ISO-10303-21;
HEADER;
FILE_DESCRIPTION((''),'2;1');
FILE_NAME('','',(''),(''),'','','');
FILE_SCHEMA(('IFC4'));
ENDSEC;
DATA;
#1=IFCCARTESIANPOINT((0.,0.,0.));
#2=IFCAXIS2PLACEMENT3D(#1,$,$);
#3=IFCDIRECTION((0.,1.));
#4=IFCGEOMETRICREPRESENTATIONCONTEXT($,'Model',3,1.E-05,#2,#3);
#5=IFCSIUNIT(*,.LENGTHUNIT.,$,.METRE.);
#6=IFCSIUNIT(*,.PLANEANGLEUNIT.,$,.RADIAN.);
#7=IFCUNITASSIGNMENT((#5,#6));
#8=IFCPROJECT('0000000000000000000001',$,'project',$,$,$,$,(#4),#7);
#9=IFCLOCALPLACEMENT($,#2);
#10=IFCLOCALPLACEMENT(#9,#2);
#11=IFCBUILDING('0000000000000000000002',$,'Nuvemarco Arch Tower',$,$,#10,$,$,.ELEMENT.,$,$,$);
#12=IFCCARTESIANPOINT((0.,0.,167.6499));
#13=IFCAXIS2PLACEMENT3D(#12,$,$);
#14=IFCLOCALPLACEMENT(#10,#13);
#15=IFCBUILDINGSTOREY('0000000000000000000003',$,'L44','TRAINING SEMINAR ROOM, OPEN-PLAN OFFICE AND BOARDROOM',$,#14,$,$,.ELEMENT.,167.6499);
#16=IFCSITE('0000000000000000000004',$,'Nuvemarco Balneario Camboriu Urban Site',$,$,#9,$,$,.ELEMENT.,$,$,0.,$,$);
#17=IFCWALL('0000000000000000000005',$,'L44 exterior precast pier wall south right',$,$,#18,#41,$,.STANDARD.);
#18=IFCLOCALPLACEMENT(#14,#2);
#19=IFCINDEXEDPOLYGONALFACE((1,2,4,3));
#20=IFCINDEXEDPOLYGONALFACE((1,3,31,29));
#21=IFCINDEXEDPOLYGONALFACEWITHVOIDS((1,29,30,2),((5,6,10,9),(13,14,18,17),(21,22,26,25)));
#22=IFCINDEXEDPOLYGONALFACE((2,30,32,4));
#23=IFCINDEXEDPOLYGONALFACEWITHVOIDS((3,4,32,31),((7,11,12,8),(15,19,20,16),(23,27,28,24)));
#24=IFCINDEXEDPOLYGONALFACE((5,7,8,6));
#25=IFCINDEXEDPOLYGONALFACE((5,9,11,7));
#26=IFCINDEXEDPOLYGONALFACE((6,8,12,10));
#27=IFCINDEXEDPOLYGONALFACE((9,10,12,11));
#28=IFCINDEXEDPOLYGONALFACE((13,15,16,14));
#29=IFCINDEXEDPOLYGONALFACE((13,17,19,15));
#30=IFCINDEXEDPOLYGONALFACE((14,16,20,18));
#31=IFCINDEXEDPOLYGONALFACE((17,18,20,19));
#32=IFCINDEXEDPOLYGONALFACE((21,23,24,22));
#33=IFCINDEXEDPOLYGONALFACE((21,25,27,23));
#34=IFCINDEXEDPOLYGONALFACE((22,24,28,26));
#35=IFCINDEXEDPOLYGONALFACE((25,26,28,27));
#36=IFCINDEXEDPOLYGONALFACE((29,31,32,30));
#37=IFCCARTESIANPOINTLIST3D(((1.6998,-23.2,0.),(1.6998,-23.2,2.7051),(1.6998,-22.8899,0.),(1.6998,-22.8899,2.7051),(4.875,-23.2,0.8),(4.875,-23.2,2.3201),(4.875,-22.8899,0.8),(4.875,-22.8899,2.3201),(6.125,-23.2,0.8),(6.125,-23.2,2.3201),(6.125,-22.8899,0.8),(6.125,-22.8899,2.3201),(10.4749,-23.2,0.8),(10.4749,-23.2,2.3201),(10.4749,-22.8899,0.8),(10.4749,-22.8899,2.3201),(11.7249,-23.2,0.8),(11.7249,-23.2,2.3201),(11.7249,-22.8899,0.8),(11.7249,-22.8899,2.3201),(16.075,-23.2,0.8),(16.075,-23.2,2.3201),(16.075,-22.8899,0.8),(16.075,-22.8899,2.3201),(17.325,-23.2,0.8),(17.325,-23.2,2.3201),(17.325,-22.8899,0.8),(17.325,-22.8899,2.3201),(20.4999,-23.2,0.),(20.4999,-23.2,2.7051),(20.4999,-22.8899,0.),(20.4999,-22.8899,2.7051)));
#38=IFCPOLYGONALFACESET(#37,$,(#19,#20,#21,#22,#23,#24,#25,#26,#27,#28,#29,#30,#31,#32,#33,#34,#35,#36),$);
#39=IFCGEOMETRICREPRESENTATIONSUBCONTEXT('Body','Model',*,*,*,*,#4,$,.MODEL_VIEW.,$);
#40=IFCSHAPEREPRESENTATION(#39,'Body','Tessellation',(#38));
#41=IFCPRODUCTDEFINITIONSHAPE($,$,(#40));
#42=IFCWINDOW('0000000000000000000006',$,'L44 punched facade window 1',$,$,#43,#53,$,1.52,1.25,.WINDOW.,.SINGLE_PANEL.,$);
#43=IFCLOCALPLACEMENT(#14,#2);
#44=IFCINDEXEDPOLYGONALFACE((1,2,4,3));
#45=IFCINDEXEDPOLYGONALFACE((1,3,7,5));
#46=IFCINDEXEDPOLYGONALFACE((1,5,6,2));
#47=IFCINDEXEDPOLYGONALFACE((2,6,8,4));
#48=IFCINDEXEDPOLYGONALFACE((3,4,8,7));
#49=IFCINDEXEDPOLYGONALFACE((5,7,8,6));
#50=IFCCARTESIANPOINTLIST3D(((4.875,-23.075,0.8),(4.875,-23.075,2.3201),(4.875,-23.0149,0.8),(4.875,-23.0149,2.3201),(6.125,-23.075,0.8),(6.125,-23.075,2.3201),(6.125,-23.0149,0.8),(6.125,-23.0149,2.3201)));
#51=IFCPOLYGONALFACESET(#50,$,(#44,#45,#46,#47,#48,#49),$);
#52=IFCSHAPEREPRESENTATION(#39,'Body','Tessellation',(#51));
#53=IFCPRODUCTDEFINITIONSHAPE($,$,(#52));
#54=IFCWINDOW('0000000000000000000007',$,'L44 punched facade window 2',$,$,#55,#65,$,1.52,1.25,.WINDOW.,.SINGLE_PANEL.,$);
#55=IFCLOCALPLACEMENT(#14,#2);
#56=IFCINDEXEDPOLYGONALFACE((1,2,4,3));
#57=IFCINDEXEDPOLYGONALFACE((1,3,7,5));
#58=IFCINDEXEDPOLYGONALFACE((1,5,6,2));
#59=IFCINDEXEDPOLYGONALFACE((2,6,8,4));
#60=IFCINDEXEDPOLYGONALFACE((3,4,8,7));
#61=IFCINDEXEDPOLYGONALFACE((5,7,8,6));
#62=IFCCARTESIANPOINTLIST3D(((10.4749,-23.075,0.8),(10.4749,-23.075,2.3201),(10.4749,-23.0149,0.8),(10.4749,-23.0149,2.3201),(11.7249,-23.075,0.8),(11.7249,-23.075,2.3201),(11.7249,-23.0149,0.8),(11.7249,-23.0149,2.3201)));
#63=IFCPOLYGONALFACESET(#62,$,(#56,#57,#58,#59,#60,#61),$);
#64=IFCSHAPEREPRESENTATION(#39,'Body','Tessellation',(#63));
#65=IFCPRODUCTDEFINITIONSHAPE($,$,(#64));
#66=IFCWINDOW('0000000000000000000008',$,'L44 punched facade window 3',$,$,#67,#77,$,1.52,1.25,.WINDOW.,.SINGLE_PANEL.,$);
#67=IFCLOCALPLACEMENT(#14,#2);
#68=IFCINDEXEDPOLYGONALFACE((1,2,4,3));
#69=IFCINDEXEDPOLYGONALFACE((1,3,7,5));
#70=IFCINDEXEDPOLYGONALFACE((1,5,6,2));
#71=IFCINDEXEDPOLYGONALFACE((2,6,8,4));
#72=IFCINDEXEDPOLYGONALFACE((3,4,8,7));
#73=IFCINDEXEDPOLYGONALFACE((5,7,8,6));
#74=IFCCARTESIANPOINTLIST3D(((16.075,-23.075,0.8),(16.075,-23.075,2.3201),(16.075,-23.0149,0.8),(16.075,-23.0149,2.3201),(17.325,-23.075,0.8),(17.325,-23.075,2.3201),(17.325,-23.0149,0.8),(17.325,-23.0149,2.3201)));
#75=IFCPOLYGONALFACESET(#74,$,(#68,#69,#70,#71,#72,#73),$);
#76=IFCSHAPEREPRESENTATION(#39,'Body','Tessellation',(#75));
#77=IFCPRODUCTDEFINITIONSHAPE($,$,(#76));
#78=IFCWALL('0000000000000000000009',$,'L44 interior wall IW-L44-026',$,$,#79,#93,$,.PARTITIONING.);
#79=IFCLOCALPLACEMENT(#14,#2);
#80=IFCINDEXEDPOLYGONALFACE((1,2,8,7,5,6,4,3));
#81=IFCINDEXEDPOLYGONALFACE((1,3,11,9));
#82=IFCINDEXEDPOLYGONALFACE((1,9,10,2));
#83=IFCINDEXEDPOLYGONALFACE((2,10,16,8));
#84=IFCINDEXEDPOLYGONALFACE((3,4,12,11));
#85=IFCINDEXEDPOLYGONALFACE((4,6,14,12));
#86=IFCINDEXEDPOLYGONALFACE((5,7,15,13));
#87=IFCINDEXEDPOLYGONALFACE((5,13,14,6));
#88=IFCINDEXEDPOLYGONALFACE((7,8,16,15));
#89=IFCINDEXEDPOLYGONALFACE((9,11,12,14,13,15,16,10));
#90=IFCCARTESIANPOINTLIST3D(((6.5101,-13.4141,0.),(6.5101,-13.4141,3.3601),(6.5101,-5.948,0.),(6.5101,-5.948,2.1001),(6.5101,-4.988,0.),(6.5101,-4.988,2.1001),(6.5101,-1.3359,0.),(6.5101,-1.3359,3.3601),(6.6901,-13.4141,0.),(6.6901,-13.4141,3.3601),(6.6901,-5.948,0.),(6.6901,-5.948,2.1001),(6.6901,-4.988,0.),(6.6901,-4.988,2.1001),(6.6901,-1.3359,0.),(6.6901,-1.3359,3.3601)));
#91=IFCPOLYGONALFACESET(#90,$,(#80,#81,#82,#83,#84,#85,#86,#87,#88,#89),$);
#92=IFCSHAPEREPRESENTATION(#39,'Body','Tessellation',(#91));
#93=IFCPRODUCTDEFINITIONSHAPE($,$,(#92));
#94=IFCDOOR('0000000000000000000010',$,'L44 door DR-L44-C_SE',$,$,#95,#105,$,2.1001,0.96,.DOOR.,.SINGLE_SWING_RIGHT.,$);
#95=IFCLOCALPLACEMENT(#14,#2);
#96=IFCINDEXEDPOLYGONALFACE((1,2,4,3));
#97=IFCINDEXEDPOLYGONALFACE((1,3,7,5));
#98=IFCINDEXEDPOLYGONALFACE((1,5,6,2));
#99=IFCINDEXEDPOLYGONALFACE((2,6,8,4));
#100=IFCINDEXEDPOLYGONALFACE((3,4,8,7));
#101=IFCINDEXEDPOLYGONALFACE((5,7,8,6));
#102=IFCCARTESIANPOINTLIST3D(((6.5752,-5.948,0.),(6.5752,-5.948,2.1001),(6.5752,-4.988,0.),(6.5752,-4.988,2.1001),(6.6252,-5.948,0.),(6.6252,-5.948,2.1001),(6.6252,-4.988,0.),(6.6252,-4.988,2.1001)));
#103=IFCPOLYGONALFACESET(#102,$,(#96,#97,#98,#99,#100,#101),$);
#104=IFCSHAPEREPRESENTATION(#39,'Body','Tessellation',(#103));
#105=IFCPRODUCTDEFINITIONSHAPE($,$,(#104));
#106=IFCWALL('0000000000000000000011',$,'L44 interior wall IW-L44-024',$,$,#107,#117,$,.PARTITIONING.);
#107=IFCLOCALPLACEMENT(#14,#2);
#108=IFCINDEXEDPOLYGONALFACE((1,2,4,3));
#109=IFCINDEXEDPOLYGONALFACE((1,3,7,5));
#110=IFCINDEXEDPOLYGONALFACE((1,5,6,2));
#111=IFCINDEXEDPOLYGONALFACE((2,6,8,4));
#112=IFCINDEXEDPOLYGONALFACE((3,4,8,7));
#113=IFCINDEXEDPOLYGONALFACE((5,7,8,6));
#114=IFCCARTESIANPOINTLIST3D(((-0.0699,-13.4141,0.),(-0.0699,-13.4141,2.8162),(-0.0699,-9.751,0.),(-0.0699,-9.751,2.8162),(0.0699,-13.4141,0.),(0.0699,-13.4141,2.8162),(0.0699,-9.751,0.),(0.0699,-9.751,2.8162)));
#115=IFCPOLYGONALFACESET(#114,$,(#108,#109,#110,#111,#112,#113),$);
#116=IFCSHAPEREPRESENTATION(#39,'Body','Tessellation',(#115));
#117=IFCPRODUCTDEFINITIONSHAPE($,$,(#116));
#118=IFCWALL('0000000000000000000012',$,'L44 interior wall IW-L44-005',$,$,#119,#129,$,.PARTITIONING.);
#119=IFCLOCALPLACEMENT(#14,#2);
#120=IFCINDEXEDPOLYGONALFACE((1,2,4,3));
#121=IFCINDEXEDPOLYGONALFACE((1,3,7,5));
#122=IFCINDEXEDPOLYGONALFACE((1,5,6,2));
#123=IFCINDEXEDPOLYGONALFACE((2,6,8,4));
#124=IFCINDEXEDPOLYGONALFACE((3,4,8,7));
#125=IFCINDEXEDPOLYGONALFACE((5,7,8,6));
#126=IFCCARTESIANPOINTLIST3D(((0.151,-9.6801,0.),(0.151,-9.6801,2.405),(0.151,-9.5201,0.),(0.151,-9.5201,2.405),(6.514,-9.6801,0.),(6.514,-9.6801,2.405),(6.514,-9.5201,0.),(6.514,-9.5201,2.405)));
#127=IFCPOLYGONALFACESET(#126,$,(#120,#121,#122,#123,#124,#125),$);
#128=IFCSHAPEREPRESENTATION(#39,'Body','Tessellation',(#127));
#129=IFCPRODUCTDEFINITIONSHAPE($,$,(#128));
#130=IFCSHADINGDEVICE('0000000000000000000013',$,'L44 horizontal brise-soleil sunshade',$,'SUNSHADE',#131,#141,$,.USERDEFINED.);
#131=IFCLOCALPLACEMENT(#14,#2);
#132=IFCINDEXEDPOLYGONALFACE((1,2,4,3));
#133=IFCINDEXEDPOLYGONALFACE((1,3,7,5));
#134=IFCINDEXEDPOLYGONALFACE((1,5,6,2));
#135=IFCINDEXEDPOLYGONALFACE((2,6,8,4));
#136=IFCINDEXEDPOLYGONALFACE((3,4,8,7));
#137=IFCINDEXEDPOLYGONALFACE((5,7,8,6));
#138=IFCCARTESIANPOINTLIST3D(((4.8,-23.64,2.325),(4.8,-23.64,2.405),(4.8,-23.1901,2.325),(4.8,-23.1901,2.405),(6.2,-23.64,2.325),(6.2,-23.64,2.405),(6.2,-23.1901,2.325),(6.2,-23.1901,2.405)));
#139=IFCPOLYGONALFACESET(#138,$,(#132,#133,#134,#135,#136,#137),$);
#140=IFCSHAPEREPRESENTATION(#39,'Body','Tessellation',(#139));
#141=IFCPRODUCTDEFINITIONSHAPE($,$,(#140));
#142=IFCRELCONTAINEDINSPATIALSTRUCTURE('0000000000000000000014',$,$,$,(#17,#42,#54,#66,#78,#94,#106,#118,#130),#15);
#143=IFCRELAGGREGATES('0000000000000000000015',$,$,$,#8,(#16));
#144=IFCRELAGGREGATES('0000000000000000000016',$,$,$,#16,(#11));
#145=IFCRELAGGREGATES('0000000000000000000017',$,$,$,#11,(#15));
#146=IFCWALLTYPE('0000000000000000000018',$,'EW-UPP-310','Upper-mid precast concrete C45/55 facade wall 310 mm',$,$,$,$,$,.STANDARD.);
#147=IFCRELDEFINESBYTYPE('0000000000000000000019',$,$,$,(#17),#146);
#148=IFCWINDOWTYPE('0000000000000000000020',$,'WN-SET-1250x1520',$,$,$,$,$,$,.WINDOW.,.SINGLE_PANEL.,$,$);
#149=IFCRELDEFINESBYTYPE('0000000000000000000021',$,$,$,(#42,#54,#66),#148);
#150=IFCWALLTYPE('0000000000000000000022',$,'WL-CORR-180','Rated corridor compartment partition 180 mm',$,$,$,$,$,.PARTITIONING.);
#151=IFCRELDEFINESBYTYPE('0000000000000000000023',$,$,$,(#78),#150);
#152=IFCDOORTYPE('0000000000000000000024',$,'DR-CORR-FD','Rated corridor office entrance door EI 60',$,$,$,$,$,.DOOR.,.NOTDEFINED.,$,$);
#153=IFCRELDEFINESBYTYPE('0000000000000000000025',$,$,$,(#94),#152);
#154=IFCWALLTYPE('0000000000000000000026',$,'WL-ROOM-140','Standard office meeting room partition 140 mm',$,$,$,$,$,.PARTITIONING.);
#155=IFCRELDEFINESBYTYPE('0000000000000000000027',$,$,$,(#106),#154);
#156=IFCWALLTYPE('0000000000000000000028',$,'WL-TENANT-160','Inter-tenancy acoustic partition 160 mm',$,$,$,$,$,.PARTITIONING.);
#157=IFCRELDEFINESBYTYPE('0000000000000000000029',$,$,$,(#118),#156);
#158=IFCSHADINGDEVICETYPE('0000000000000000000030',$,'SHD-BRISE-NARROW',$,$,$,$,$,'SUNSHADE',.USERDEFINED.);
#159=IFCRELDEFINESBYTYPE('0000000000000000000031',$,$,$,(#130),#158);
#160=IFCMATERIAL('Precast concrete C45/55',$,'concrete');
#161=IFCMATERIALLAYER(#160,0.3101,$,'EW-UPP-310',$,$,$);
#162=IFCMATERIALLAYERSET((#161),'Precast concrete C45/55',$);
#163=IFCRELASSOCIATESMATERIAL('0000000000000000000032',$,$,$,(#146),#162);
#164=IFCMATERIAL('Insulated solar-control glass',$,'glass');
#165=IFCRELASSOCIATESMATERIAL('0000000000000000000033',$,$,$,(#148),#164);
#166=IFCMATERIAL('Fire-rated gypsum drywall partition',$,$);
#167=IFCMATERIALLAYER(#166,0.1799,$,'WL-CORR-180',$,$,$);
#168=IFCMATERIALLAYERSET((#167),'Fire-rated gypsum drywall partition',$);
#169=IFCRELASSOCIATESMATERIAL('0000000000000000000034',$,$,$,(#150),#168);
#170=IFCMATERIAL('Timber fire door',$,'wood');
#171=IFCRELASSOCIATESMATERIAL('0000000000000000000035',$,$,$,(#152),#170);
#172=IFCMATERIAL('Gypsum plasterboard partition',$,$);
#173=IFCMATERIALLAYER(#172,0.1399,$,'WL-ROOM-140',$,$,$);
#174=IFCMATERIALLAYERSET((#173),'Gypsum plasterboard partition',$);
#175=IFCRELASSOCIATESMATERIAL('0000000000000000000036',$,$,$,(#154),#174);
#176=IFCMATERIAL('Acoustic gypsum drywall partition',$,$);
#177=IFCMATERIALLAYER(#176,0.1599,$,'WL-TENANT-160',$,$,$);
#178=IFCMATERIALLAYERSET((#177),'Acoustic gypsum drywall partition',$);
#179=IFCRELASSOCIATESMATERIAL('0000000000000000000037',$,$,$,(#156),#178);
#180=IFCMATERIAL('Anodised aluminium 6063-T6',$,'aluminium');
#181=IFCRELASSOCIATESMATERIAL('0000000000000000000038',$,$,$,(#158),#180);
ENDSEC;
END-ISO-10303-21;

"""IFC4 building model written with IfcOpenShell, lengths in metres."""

from ifc_helpers import new_model, si_unit, direction, frame, frame_2d, origin, origin_2d, place, context, subcontext, project, spatial, rectangle, extrude, source, transform, mapped, material, layer, layer_set, type_object, type_shapes, element, fill, save


model = new_model("IFC4")

# Units and contexts
model_context = context("Model", 3, precision=1e-05, world=origin(), true_north=direction((0.0, 1.0)))
body_context = subcontext(model_context, "Body", "Model", "MODEL_VIEW")
ifc_project = project(units=[si_unit("LENGTHUNIT", "METRE"), si_unit("PLANEANGLEUNIT", "RADIAN")], contexts=[model_context])

# Site, building, storey
site_placement = place(None, origin())
site = spatial("IfcSite", under=ifc_project, at=site_placement, Name="Nuvemarco Balneario Camboriu Urban Site", CompositionType="ELEMENT", RefElevation=0.0)
building_placement = place(site_placement, origin())
building = spatial("IfcBuilding", under=site, at=building_placement, Name="Nuvemarco Arch Tower", CompositionType="ELEMENT")
storey_placement = place(building_placement, frame((0.0, 0.0, 167.6499)))
storey = spatial("IfcBuildingStorey", under=building, at=storey_placement, Name="L44", Description="TRAINING SEMINAR ROOM, OPEN-PLAN OFFICE AND BOARDROOM", CompositionType="ELEMENT", Elevation=167.6499)

# Shared definitions
ifc_material_1 = material(Name="Precast concrete C45/55", Category="concrete")

# Wall, openings, windows
ifc_layer_1 = layer(ifc_material_1, 0.3101, Name="EW-UPP-310")
ifc_layer_set_1 = layer_set([ifc_layer_1], Name="Precast concrete C45/55")
wall_type_1 = type_object("IfcWallType", Name="EW-UPP-310", Description="Upper-mid precast concrete C45/55 facade wall 310 mm", PredefinedType="STANDARD", material=ifc_layer_set_1)
wall_1_placement = place(storey_placement, frame((1.7, -23.0449, 0.0), z_axis=(0.0, 0.0, 1.0), x_axis=(1.0, 0.0, 0.0)))
wall_1 = element("IfcWall", 1, at=wall_1_placement, inside=storey, type_object=wall_type_1, Name="L44 exterior precast pier wall south right", PredefinedType="STANDARD", context=body_context, shape_type="SweptSolid", body=[
    extrude(rectangle(XDim=18.8, YDim=0.3101, at=frame_2d((9.3999, 0.0))), origin(), (0.0, 0.0, 1.0), 2.7051),
])
opening_1_placement = place(wall_1_placement, frame((3.175, 0.0, 0.8)))
opening_1 = element("IfcOpeningElement", 2, at=opening_1_placement, cuts=wall_1, PredefinedType="OPENING", context=body_context, shape_type="SweptSolid", body=[
    extrude(rectangle(XDim=1.25, YDim=1.52, at=frame_2d((0.625, 0.76))), frame((0.0, 0.165, 0.0), z_axis=(0.0, -1.0, 0.0), x_axis=(1.0, 0.0, 0.0)), (0.0, 0.0, 1.0), 0.3301),
])
opening_2_placement = place(wall_1_placement, frame((8.7749, 0.0, 0.8)))
opening_2 = element("IfcOpeningElement", 3, at=opening_2_placement, cuts=wall_1, PredefinedType="OPENING", context=body_context, shape_type="SweptSolid", body=[
    extrude(rectangle(XDim=1.25, YDim=1.52, at=frame_2d((0.625, 0.76))), frame((0.0, 0.165, 0.0), z_axis=(0.0, -1.0, 0.0), x_axis=(1.0, 0.0, 0.0)), (0.0, 0.0, 1.0), 0.3301),
])
opening_3_placement = place(wall_1_placement, frame((14.375, 0.0, 0.8)))
opening_3 = element("IfcOpeningElement", 4, at=opening_3_placement, cuts=wall_1, PredefinedType="OPENING", context=body_context, shape_type="SweptSolid", body=[
    extrude(rectangle(XDim=1.25, YDim=1.52, at=frame_2d((0.625, 0.76))), frame((0.0, 0.165, 0.0), z_axis=(0.0, -1.0, 0.0), x_axis=(1.0, 0.0, 0.0)), (0.0, 0.0, 1.0), 0.3301),
])
ifc_material_2 = material(Name="Insulated solar-control glass", Category="glass")
window_type = type_object("IfcWindowType", Name="WN-SET-1250x1520", PartitioningType="SINGLE_PANEL", PredefinedType="WINDOW", material=ifc_material_2)
shared_shape_1 = source(origin(), body_context, "Body", "SweptSolid", [
    extrude(rectangle(XDim=1.25, YDim=1.52, at=frame_2d((0.625, 0.76))), frame((0.0, 0.03, 0.0), z_axis=(0.0, -1.0, 0.0), x_axis=(1.0, 0.0, 0.0)), (0.0, 0.0, 1.0), 0.0601),
])
type_shapes(window_type, [shared_shape_1])
window_1_placement = place(opening_1_placement, origin())
window_1 = element("IfcWindow", 5, at=window_1_placement, inside=storey, type_object=window_type, Name="L44 punched facade window 1", OverallHeight=1.52, OverallWidth=1.25, PartitioningType="SINGLE_PANEL", PredefinedType="WINDOW", context=body_context, shape_type="MappedRepresentation", body=[
    mapped(shared_shape_1, transform((0.0, 0.0, 0.0), scale=1.0)),
])
fill(opening_1, window_1)
window_2_placement = place(opening_2_placement, origin())
window_2 = element("IfcWindow", 6, at=window_2_placement, inside=storey, type_object=window_type, Name="L44 punched facade window 2", OverallHeight=1.52, OverallWidth=1.25, PartitioningType="SINGLE_PANEL", PredefinedType="WINDOW", context=body_context, shape_type="MappedRepresentation", body=[
    mapped(shared_shape_1, transform((0.0, 0.0, 0.0), scale=1.0)),
])
fill(opening_2, window_2)
window_3_placement = place(opening_3_placement, origin())
window_3 = element("IfcWindow", 7, at=window_3_placement, inside=storey, type_object=window_type, Name="L44 punched facade window 3", OverallHeight=1.52, OverallWidth=1.25, PartitioningType="SINGLE_PANEL", PredefinedType="WINDOW", context=body_context, shape_type="MappedRepresentation", body=[
    mapped(shared_shape_1, transform((0.0, 0.0, 0.0), scale=1.0)),
])
fill(opening_3, window_3)

# Wall, opening, door
ifc_material_3 = material(Name="Fire-rated gypsum drywall partition")
ifc_layer_2 = layer(ifc_material_3, 0.1799, Name="WL-CORR-180")
ifc_layer_set_2 = layer_set([ifc_layer_2], Name="Fire-rated gypsum drywall partition")
wall_type_2 = type_object("IfcWallType", Name="WL-CORR-180", Description="Rated corridor compartment partition 180 mm", PredefinedType="PARTITIONING", material=ifc_layer_set_2)
wall_2_placement = place(storey_placement, frame((6.6001, -13.4141, 0.0), z_axis=(0.0, 0.0, 1.0), x_axis=(0.0, 1.0, 0.0)))
wall_2 = element("IfcWall", 8, at=wall_2_placement, inside=storey, type_object=wall_type_2, Name="L44 interior wall IW-L44-026", PredefinedType="PARTITIONING", context=body_context, shape_type="SweptSolid", body=[
    extrude(rectangle(XDim=12.0781, YDim=0.1799, at=frame_2d((6.0391, 0.0))), origin(), (0.0, 0.0, 1.0), 3.3601),
])
opening_4_placement = place(wall_2_placement, frame((7.4661, 0.0, 0.0)))
opening_4 = element("IfcOpeningElement", 9, at=opening_4_placement, cuts=wall_2, PredefinedType="OPENING", context=body_context, shape_type="SweptSolid", body=[
    extrude(rectangle(XDim=0.96, YDim=2.1001, at=frame_2d((0.48, 1.05))), frame((0.0, 0.0999, 0.0), z_axis=(0.0, -1.0, 0.0), x_axis=(1.0, 0.0, 0.0)), (0.0, 0.0, 1.0), 0.2),
])
ifc_material_4 = material(Name="Timber fire door", Category="wood")
door_type = type_object("IfcDoorType", Name="DR-CORR-FD", Description="Rated corridor office entrance door EI 60", OperationType="NOTDEFINED", PredefinedType="DOOR", material=ifc_material_4)
shared_shape_2 = source(origin(), body_context, "Body", "SweptSolid", [
    extrude(rectangle(XDim=0.96, YDim=2.1001, at=frame_2d((0.48, 1.05))), frame((0.0, 0.0249, 0.0), z_axis=(0.0, -1.0, 0.0), x_axis=(1.0, 0.0, 0.0)), (0.0, 0.0, 1.0), 0.05),
])
type_shapes(door_type, [shared_shape_2])
door_placement = place(opening_4_placement, origin())
door = element("IfcDoor", 10, at=door_placement, inside=storey, type_object=door_type, Name="L44 door DR-L44-C_SE", OperationType="SINGLE_SWING_RIGHT", OverallHeight=2.1001, OverallWidth=0.96, PredefinedType="DOOR", context=body_context, shape_type="MappedRepresentation", body=[
    mapped(shared_shape_2, transform((0.0, 0.0, 0.0), scale=1.0)),
])
fill(opening_4, door)

# Walls
ifc_material_5 = material(Name="Gypsum plasterboard partition")
ifc_layer_3 = layer(ifc_material_5, 0.1399, Name="WL-ROOM-140")
ifc_layer_set_3 = layer_set([ifc_layer_3], Name="Gypsum plasterboard partition")
wall_type_3 = type_object("IfcWallType", Name="WL-ROOM-140", Description="Standard office meeting room partition 140 mm", PredefinedType="PARTITIONING", material=ifc_layer_set_3)
wall_3_placement = place(storey_placement, frame((0.0, -13.4141, 0.0), z_axis=(0.0, 0.0, 1.0), x_axis=(0.0, 1.0, 0.0)))
element("IfcWall", 11, at=wall_3_placement, inside=storey, type_object=wall_type_3, Name="L44 interior wall IW-L44-024", PredefinedType="PARTITIONING", context=body_context, shape_type="SweptSolid", body=[
    extrude(rectangle(XDim=3.6631, YDim=0.1399, at=frame_2d((1.8315, 0.0))), origin(), (0.0, 0.0, 1.0), 2.8162),
])
ifc_material_6 = material(Name="Acoustic gypsum drywall partition")
ifc_layer_4 = layer(ifc_material_6, 0.1599, Name="WL-TENANT-160")
ifc_layer_set_4 = layer_set([ifc_layer_4], Name="Acoustic gypsum drywall partition")
wall_type_4 = type_object("IfcWallType", Name="WL-TENANT-160", Description="Inter-tenancy acoustic partition 160 mm", PredefinedType="PARTITIONING", material=ifc_layer_set_4)
wall_4_placement = place(storey_placement, frame((0.1509, -9.6001, 0.0), z_axis=(0.0, 0.0, 1.0), x_axis=(1.0, 0.0, 0.0)))
element("IfcWall", 12, at=wall_4_placement, inside=storey, type_object=wall_type_4, Name="L44 interior wall IW-L44-005", PredefinedType="PARTITIONING", context=body_context, shape_type="SweptSolid", body=[
    extrude(rectangle(XDim=6.363, YDim=0.1599, at=frame_2d((3.1816, 0.0))), origin(), (0.0, 0.0, 1.0), 2.405),
])

# Shading device
ifc_material_7 = material(Name="Anodised aluminium 6063-T6", Category="aluminium")
shading_device_type = type_object("IfcShadingDeviceType", Name="SHD-BRISE-NARROW", ElementType="SUNSHADE", PredefinedType="USERDEFINED", material=ifc_material_7)
shared_shape_3 = source(origin(), body_context, "Body", "SweptSolid", [
    extrude(rectangle(XDim=1.3999, YDim=0.45, at=origin_2d()), origin(), (0.0, 0.0, 1.0), 0.0801),
])
type_shapes(shading_device_type, [shared_shape_3])
shading_device_placement = place(storey_placement, frame((5.5, -23.415, 2.325), z_axis=(0.0, 0.0, 1.0), x_axis=(1.0, 0.0, 0.0)))
element("IfcShadingDevice", 13, at=shading_device_placement, inside=storey, type_object=shading_device_type, Name="L44 horizontal brise-soleil sunshade", ObjectType="SUNSHADE", PredefinedType="USERDEFINED", context=body_context, shape_type="MappedRepresentation", body=[
    mapped(shared_shape_3, transform((0.0, 0.0, 0.0), scale=1.0)),
])

save(model, "model.ifc")
